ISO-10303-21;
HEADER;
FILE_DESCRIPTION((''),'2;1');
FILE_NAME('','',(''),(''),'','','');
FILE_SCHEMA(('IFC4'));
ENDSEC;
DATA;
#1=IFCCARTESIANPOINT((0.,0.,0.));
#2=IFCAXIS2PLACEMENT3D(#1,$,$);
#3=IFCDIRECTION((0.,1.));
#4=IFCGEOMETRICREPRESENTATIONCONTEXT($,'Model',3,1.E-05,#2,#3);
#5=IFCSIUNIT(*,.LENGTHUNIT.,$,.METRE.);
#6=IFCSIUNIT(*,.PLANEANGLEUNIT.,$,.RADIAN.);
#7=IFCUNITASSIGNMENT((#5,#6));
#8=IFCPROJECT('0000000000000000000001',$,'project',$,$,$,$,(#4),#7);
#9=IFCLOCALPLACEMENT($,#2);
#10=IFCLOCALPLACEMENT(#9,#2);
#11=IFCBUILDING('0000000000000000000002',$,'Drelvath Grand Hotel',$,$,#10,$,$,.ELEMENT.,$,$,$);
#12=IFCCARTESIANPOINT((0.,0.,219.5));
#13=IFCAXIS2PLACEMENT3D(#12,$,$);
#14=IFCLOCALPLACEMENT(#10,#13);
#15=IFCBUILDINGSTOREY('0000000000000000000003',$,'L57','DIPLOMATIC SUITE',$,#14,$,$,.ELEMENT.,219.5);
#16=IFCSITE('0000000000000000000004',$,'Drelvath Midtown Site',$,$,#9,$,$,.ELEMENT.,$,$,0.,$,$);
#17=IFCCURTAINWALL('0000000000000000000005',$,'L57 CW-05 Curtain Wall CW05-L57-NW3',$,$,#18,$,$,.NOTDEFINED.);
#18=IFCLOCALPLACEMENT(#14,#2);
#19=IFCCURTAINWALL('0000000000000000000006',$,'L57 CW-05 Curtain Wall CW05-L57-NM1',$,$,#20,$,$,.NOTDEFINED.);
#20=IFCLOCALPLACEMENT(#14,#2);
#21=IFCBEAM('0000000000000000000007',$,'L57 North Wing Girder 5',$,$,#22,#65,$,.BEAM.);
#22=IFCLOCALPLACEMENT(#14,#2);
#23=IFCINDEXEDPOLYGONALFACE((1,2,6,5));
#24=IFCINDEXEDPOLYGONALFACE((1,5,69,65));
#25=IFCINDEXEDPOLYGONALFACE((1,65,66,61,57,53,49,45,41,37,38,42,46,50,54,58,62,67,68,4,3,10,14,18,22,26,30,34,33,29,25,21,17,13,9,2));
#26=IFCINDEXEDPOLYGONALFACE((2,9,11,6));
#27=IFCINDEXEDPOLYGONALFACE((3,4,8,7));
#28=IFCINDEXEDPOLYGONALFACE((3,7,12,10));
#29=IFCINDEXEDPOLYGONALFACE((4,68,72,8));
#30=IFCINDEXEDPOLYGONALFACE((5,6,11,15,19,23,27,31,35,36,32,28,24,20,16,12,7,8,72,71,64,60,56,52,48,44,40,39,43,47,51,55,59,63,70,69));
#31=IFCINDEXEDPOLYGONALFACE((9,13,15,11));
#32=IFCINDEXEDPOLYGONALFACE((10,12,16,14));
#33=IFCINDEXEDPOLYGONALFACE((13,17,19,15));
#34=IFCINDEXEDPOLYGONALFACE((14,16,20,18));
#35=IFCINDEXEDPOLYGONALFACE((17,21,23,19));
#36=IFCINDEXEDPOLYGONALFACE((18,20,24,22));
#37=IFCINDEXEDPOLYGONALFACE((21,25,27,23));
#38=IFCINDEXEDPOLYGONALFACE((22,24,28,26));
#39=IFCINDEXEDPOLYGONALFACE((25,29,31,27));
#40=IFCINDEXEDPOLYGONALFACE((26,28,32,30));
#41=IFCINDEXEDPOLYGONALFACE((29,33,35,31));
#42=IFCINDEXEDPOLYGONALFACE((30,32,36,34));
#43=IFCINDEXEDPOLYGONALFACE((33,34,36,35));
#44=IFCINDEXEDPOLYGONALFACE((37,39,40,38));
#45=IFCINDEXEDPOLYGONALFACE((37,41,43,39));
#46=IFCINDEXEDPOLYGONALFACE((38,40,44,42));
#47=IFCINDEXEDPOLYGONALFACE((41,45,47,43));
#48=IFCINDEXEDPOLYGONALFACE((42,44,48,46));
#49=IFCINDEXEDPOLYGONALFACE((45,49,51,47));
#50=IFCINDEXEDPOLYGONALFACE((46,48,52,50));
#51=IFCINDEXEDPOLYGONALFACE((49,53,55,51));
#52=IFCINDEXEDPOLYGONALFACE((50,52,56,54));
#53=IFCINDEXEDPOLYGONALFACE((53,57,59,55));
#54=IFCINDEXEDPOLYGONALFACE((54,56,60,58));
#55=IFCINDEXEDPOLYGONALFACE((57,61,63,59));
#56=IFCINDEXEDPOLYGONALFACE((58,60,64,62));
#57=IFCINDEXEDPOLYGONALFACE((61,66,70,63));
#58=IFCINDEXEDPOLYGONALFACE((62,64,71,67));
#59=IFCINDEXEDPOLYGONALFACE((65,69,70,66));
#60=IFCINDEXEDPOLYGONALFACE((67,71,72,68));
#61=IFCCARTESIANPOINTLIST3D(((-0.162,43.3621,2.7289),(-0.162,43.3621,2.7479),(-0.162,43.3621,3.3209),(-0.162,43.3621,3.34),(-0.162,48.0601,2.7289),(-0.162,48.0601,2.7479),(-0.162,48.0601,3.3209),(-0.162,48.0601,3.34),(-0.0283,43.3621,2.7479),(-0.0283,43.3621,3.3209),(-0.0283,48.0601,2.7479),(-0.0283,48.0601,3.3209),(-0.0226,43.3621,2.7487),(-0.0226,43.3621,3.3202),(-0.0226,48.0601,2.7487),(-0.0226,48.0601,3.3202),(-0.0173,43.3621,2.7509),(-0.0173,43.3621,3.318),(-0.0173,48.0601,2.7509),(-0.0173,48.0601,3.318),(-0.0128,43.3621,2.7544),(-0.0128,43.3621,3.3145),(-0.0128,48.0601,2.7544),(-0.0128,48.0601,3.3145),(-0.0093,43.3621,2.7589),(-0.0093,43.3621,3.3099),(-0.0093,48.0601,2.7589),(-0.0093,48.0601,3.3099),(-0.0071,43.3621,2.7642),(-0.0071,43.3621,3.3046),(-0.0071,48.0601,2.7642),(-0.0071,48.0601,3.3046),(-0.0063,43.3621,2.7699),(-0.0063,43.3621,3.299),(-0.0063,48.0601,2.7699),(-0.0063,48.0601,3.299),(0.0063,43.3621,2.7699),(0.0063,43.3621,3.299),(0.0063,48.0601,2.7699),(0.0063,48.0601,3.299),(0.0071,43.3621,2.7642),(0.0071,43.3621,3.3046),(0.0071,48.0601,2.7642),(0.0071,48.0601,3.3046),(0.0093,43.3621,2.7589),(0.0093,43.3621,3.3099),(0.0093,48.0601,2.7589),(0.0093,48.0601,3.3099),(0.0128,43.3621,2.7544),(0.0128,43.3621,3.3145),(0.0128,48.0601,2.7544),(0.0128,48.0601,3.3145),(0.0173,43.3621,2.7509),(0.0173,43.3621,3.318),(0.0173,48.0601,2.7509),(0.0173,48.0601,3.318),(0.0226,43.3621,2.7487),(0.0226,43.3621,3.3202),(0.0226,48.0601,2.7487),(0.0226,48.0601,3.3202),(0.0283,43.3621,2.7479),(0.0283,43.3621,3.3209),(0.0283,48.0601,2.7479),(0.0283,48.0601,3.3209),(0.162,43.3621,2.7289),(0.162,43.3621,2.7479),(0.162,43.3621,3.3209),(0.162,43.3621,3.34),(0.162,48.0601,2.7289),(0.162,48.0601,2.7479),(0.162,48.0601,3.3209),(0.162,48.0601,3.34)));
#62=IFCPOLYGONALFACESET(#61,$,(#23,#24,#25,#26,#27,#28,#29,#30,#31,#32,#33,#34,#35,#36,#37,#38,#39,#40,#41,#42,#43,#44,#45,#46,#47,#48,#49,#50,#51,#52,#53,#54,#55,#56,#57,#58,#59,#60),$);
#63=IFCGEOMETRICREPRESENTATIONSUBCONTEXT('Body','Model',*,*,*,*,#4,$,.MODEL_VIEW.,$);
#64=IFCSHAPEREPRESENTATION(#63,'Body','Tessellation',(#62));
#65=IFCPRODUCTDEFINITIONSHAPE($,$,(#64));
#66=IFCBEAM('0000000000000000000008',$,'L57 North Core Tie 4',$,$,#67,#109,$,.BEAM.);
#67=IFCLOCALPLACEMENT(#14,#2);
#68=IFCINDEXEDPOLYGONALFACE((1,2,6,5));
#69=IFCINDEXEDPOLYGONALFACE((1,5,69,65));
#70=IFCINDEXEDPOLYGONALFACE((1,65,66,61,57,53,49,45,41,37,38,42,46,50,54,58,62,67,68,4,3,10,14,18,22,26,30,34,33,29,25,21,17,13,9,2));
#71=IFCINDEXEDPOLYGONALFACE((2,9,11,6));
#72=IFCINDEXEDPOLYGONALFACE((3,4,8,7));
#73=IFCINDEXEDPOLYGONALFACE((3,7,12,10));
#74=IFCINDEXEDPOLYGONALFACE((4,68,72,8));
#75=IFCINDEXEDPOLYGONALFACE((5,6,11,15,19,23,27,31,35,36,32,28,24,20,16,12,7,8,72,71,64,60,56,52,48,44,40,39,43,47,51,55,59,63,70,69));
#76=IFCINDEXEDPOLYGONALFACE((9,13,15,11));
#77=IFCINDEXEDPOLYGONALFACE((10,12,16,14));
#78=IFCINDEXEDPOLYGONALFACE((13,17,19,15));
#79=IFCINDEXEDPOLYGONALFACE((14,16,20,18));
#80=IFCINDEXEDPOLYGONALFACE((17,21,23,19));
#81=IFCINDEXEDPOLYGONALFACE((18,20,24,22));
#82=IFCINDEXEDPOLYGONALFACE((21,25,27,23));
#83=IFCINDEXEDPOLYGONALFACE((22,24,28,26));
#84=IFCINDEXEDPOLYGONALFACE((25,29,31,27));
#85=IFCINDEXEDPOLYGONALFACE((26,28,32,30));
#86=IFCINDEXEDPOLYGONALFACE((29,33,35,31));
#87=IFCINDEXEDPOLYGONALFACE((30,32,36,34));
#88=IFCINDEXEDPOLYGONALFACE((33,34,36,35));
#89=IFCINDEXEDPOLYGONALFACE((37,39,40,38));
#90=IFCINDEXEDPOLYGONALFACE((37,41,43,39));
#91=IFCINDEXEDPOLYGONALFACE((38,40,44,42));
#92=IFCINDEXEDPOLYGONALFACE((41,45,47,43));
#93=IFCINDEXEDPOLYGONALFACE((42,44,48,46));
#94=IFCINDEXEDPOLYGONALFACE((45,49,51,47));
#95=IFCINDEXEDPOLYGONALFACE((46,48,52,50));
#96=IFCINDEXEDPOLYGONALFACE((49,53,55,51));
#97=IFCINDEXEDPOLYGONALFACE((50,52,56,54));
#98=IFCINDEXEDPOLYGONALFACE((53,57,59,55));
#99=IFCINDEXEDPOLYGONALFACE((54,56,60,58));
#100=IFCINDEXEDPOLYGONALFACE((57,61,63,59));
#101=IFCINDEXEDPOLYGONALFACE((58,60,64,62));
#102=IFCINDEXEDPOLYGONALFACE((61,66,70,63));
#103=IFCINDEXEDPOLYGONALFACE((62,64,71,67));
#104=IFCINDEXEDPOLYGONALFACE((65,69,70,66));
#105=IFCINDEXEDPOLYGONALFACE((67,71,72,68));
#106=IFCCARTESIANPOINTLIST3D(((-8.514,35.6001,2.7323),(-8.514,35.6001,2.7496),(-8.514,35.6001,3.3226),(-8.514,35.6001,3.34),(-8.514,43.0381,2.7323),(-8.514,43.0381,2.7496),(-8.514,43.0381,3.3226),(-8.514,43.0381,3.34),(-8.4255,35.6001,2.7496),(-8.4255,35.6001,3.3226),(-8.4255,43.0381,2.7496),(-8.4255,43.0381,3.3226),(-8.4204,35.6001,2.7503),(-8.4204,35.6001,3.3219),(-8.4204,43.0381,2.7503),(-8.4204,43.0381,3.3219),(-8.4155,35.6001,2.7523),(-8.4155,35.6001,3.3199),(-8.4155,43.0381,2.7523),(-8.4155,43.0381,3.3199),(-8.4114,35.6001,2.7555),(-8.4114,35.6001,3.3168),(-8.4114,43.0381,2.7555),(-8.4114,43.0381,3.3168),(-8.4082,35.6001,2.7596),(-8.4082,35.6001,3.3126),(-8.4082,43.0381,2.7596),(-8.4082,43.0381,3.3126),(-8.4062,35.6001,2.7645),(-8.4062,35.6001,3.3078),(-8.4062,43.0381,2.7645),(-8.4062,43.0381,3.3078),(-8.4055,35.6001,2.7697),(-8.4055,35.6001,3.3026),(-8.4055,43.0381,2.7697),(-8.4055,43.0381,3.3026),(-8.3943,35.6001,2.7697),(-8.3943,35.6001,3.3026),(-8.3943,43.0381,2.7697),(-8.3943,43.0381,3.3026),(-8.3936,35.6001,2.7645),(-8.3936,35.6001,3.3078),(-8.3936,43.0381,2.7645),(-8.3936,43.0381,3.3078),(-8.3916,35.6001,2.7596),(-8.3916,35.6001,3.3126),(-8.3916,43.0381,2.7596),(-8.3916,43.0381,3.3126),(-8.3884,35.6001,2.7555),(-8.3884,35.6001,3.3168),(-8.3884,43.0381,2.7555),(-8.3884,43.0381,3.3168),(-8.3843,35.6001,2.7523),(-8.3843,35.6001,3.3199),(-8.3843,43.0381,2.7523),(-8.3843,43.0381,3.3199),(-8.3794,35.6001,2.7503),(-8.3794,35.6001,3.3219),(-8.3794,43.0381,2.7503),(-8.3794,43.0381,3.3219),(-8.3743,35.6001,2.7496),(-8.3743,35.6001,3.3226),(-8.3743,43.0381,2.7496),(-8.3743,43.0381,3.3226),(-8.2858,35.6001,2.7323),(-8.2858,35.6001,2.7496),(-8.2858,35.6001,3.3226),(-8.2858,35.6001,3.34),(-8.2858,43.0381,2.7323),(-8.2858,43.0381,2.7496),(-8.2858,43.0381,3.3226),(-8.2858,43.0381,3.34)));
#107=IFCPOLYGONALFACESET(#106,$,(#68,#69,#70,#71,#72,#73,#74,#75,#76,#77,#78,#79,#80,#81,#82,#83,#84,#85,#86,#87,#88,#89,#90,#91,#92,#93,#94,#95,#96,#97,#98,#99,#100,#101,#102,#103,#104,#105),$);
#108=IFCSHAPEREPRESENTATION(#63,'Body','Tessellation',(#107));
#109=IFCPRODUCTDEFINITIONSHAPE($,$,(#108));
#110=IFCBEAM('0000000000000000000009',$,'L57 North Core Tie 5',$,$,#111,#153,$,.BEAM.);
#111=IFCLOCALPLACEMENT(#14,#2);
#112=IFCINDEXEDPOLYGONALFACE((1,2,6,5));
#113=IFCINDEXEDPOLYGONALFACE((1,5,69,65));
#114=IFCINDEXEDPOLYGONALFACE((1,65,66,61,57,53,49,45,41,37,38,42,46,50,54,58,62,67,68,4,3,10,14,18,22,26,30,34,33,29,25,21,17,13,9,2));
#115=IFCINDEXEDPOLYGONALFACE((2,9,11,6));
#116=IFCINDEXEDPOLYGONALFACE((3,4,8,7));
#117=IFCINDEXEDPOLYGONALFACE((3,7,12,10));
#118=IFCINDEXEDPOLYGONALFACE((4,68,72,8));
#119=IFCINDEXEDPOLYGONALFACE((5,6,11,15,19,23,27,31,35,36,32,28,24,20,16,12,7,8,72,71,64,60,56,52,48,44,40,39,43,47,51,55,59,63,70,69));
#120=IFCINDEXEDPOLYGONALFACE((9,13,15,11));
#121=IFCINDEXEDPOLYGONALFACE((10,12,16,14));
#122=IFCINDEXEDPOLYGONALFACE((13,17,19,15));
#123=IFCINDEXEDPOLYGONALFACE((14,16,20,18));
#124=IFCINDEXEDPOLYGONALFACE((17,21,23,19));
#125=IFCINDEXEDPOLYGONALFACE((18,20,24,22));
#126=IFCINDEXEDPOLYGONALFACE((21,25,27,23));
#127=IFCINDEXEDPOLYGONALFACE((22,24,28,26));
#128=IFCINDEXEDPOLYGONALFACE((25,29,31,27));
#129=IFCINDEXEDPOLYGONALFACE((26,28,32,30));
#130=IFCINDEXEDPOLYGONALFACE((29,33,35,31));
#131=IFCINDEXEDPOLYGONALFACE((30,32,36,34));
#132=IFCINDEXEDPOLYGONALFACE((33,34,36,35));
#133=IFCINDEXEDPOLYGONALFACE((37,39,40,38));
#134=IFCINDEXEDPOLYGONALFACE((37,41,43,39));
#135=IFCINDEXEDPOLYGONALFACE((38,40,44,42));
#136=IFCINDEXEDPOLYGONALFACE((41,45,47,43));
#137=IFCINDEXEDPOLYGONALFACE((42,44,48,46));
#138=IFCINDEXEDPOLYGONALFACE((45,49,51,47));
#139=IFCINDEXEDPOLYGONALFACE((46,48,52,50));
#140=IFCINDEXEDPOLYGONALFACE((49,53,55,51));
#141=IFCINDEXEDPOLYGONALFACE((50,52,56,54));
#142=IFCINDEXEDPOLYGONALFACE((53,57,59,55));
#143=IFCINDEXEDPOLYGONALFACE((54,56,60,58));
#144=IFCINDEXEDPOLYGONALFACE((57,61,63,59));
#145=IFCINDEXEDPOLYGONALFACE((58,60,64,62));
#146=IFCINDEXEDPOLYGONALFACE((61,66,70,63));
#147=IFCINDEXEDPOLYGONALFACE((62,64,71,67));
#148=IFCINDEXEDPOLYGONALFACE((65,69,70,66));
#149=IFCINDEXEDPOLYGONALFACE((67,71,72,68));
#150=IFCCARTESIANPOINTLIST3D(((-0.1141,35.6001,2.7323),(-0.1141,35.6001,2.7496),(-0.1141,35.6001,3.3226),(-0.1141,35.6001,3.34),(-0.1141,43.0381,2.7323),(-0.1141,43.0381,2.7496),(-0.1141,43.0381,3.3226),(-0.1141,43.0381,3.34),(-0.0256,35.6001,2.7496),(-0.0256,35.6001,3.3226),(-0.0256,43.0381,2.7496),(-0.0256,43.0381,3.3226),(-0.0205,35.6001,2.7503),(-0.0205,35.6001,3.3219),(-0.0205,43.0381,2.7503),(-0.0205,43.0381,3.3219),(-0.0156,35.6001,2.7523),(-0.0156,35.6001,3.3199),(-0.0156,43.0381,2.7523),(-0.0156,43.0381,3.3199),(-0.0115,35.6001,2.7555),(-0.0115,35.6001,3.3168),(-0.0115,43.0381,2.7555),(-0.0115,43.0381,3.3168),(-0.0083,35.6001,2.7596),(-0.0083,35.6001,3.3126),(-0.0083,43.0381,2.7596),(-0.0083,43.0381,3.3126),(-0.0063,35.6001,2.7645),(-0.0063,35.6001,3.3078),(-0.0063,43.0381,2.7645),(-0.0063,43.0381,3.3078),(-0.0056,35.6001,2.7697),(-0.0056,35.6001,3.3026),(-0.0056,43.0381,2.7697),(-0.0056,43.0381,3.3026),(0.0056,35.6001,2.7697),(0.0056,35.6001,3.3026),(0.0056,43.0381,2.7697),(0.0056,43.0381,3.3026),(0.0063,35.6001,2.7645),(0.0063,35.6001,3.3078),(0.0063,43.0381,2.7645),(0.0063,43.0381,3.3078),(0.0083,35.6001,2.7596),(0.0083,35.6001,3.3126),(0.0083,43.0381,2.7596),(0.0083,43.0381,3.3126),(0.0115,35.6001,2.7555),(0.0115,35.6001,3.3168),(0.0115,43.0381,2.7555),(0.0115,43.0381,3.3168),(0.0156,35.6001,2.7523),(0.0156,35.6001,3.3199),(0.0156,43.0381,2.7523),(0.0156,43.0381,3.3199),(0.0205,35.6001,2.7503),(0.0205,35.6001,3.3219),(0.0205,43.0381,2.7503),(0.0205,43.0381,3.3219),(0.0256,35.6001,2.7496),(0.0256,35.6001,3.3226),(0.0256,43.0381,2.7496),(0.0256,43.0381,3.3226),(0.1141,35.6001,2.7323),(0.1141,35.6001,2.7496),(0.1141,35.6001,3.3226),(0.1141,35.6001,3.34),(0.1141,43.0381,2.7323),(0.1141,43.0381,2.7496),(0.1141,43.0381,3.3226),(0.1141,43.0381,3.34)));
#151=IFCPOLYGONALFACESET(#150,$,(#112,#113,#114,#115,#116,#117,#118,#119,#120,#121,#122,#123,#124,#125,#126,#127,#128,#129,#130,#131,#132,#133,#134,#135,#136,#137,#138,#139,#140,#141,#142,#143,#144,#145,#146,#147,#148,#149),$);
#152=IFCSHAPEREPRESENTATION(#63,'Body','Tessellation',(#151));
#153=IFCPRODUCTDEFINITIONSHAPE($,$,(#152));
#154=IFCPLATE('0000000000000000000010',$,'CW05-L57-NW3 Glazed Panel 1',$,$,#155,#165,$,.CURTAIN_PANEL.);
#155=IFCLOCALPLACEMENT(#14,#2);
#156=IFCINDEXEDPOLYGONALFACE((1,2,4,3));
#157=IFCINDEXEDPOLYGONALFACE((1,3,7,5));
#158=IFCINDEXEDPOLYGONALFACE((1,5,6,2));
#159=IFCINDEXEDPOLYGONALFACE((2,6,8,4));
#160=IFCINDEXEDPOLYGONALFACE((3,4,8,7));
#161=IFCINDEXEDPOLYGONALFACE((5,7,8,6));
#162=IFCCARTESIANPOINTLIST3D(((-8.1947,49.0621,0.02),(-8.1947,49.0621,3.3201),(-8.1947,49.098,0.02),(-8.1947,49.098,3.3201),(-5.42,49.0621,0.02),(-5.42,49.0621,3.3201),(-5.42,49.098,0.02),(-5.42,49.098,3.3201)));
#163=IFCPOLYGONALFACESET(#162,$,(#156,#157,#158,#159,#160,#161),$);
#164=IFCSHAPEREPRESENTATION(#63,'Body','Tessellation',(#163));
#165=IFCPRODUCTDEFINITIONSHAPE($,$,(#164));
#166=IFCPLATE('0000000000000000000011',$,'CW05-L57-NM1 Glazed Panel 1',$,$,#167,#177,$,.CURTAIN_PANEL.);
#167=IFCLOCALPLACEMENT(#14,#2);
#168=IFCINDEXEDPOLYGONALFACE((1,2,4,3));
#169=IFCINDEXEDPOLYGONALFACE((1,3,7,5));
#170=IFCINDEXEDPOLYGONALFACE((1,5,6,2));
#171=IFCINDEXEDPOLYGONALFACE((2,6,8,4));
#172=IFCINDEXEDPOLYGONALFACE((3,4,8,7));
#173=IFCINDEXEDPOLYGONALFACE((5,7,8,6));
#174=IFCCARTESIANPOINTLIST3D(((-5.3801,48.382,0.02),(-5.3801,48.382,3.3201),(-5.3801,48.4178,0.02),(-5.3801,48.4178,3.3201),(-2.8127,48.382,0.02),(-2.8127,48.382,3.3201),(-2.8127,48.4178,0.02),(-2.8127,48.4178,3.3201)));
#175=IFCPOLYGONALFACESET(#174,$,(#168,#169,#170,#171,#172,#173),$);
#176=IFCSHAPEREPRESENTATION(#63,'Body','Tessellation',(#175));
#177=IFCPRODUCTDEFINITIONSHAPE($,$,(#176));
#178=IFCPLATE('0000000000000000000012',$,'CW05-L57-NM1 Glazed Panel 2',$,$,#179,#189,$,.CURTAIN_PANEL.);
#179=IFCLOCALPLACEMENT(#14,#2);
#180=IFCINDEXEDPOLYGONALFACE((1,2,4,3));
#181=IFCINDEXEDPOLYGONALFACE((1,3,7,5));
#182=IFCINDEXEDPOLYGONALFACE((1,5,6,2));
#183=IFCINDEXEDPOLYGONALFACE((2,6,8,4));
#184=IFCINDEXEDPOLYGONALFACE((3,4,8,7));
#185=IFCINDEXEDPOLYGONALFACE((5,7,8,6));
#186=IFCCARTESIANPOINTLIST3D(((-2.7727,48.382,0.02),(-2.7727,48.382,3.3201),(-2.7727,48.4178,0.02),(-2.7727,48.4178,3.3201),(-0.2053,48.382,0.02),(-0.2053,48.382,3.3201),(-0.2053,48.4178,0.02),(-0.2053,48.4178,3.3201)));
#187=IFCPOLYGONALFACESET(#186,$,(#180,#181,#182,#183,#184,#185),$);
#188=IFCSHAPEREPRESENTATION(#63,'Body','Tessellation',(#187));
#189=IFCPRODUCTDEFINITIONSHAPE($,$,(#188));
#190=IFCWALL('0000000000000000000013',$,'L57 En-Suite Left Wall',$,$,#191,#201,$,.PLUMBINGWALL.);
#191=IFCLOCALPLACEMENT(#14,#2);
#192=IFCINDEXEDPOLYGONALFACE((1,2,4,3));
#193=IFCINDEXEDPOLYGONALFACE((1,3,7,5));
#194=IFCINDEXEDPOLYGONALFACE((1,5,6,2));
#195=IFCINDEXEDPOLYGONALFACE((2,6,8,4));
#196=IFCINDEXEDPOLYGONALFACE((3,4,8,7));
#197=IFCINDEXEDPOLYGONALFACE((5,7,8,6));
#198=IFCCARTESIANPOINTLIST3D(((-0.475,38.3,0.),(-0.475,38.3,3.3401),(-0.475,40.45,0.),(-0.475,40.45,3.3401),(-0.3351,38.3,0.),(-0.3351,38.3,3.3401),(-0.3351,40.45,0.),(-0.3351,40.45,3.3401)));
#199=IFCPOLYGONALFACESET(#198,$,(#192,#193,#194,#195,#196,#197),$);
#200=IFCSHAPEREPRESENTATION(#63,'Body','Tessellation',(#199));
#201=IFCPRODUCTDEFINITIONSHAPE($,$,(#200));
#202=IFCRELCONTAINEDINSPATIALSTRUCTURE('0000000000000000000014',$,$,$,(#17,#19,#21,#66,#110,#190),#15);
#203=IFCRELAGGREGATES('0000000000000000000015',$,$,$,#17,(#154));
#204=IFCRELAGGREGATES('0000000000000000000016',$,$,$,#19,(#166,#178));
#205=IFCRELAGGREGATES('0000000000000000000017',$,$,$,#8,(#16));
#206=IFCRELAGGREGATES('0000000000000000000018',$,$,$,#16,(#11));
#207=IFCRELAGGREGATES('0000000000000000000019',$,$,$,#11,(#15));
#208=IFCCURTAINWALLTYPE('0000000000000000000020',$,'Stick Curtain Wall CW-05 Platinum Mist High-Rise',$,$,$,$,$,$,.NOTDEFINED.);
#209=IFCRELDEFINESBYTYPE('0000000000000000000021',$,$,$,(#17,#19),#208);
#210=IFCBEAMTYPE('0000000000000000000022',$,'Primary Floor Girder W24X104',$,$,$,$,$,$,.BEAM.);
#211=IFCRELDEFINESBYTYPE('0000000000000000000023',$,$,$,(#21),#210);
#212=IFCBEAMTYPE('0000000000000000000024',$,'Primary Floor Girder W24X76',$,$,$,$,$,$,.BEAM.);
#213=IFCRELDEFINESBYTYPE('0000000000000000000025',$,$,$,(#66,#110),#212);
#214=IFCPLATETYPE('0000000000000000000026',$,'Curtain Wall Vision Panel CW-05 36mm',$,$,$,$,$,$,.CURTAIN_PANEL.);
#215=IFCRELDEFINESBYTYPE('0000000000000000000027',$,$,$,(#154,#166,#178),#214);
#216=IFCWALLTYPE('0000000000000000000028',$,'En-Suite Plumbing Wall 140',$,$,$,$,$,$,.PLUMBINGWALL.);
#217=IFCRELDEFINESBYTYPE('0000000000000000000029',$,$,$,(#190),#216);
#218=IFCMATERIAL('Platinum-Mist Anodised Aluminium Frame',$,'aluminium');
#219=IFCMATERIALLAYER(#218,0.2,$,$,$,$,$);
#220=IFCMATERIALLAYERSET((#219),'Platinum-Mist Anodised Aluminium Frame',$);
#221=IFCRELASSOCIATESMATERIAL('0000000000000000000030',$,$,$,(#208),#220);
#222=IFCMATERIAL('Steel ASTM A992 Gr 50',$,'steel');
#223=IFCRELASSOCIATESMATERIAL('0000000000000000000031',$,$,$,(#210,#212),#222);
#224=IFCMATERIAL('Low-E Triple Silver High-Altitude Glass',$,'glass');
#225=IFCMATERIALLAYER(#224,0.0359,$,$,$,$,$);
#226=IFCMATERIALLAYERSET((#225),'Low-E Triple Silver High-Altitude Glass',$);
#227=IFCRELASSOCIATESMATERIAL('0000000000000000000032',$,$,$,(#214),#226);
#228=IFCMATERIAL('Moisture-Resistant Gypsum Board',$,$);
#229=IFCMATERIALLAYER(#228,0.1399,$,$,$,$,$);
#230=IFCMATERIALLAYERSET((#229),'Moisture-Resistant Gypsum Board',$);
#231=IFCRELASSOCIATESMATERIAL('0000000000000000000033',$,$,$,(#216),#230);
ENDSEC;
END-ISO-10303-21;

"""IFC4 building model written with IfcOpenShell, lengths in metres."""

from ifc_helpers import new_model, si_unit, direction, frame, frame_2d, origin, origin_2d, place, context, subcontext, project, spatial, rectangle, i_section, extrude, material, layer, layer_set, material_profile, profile_set, type_object, element, aggregate, save


model = new_model("IFC4")

# Units and contexts
model_context = context("Model", 3, precision=1e-05, world=origin(), true_north=direction((0.0, 1.0)))
body_context = subcontext(model_context, "Body", "Model", "MODEL_VIEW")
ifc_project = project(units=[si_unit("LENGTHUNIT", "METRE"), si_unit("PLANEANGLEUNIT", "RADIAN")], contexts=[model_context])

# Site, building, storey
site_placement = place(None, origin())
site = spatial("IfcSite", under=ifc_project, at=site_placement, Name="Drelvath Midtown Site", CompositionType="ELEMENT", RefElevation=0.0)
building_placement = place(site_placement, origin())
building = spatial("IfcBuilding", under=site, at=building_placement, Name="Drelvath Grand Hotel", CompositionType="ELEMENT")
storey_placement = place(building_placement, frame((0.0, 0.0, 219.5)))
storey = spatial("IfcBuildingStorey", under=building, at=storey_placement, Name="L57", Description="DIPLOMATIC SUITE", CompositionType="ELEMENT", Elevation=219.5)

# Curtain walls
ifc_material_1 = material(Name="Platinum-Mist Anodised Aluminium Frame", Category="aluminium")
ifc_layer_1 = layer(ifc_material_1, 0.2)
ifc_layer_set_1 = layer_set([ifc_layer_1], Name="Platinum-Mist Anodised Aluminium Frame")
curtain_wall_type = type_object("IfcCurtainWallType", Name="Stick Curtain Wall CW-05 Platinum Mist High-Rise", PredefinedType="NOTDEFINED", material=ifc_layer_set_1)
curtain_wall_1_placement = place(storey_placement, origin())
curtain_wall_1 = element("IfcCurtainWall", 1, at=curtain_wall_1_placement, inside=storey, type_object=curtain_wall_type, Name="L57 CW-05 Curtain Wall CW05-L57-NW3", PredefinedType="NOTDEFINED")
curtain_wall_2_placement = place(storey_placement, origin())
curtain_wall_2 = element("IfcCurtainWall", 2, at=curtain_wall_2_placement, inside=storey, type_object=curtain_wall_type, Name="L57 CW-05 Curtain Wall CW05-L57-NM1", PredefinedType="NOTDEFINED")

# Beams
ifc_material_2 = material(Name="Steel ASTM A992 Gr 50", Category="steel")
ifc_material_profile_1 = material_profile(ifc_material_2, i_section(OverallWidth=0.324, OverallDepth=0.6111, WebThickness=0.0127, FlangeThickness=0.019, FilletRadius=0.022, at=origin_2d()), Name="W24X104")
ifc_profile_set_1 = profile_set([ifc_material_profile_1], Name="Steel ASTM A992 Gr 50")
beam_type_1 = type_object("IfcBeamType", Name="Primary Floor Girder W24X104", PredefinedType="BEAM", material=ifc_profile_set_1)
beam_1_placement = place(storey_placement, frame((0.0, 43.3621, 3.0344), z_axis=(0.0, 1.0, 0.0), x_axis=(-1.0, 0.0, 0.0)))
element("IfcBeam", 3, at=beam_1_placement, inside=storey, type_object=beam_type_1, Name="L57 North Wing Girder 5", PredefinedType="BEAM", context=body_context, shape_type="SweptSolid", body=[
    extrude(i_section(OverallWidth=0.324, OverallDepth=0.6111, WebThickness=0.0127, FlangeThickness=0.019, FilletRadius=0.022, at=origin_2d()), origin(), (0.0, 0.0, 1.0), 4.698),
])
ifc_material_profile_2 = material_profile(ifc_material_2, i_section(OverallWidth=0.2283, OverallDepth=0.6077, WebThickness=0.0112, FlangeThickness=0.0173, FilletRadius=0.02, at=origin_2d()), Name="W24X76")
ifc_profile_set_2 = profile_set([ifc_material_profile_2], Name="Steel ASTM A992 Gr 50")
beam_type_2 = type_object("IfcBeamType", Name="Primary Floor Girder W24X76", PredefinedType="BEAM", material=ifc_profile_set_2)
for number, where, z_axis, x_axis, name in (
    (4, (-8.3999, 35.6001, 3.0361), (0.0, 1.0, 0.0), (-1.0, 0.0, 0.0), "L57 North Core Tie 4"),
    (5, (0.0, 35.6001, 3.0361), (0.0, 1.0, 0.0), (-1.0, 0.0, 0.0), "L57 North Core Tie 5"),
):
    element("IfcBeam", number, at=place(storey_placement, frame(where, z_axis=z_axis, x_axis=x_axis)), inside=storey, type_object=beam_type_2, Name=name, PredefinedType="BEAM", context=body_context, shape_type="SweptSolid", body=[
        extrude(i_section(OverallWidth=0.2283, OverallDepth=0.6077, WebThickness=0.0112, FlangeThickness=0.0173, FilletRadius=0.02, at=origin_2d()), origin(), (0.0, 0.0, 1.0), 7.438),
    ])

# Plates
ifc_material_3 = material(Name="Low-E Triple Silver High-Altitude Glass", Category="glass")
ifc_layer_2 = layer(ifc_material_3, 0.0359)
ifc_layer_set_2 = layer_set([ifc_layer_2], Name="Low-E Triple Silver High-Altitude Glass")
plate_type = type_object("IfcPlateType", Name="Curtain Wall Vision Panel CW-05 36mm", PredefinedType="CURTAIN_PANEL", material=ifc_layer_set_2)
plate_1_placement = place(storey_placement, frame((-6.8074, 49.0801, 0.02), z_axis=(0.0, 0.0, 1.0), x_axis=(1.0, 0.0, 0.0)))
plate_1 = element("IfcPlate", 6, at=plate_1_placement, type_object=plate_type, Name="CW05-L57-NW3 Glazed Panel 1", PredefinedType="CURTAIN_PANEL", context=body_context, shape_type="SweptSolid", body=[
    extrude(rectangle(XDim=2.7747, YDim=0.0359, at=origin_2d()), origin(), (0.0, 0.0, 1.0), 3.3),
])
aggregate(curtain_wall_1, [plate_1])
plate_2_placement = place(storey_placement, frame((-4.0964, 48.3999, 0.02), z_axis=(0.0, 0.0, 1.0), x_axis=(1.0, 0.0, 0.0)))
plate_2 = element("IfcPlate", 7, at=plate_2_placement, type_object=plate_type, Name="CW05-L57-NM1 Glazed Panel 1", PredefinedType="CURTAIN_PANEL", context=body_context, shape_type="SweptSolid", body=[
    extrude(rectangle(XDim=2.5674, YDim=0.0359, at=origin_2d()), origin(), (0.0, 0.0, 1.0), 3.3),
])
plate_3_placement = place(storey_placement, frame((-1.489, 48.3999, 0.02), z_axis=(0.0, 0.0, 1.0), x_axis=(1.0, 0.0, 0.0)))
plate_3 = element("IfcPlate", 8, at=plate_3_placement, type_object=plate_type, Name="CW05-L57-NM1 Glazed Panel 2", PredefinedType="CURTAIN_PANEL", context=body_context, shape_type="SweptSolid", body=[
    extrude(rectangle(XDim=2.5674, YDim=0.0359, at=origin_2d()), origin(), (0.0, 0.0, 1.0), 3.3),
])
aggregate(curtain_wall_2, [plate_2, plate_3])

# Wall
ifc_material_4 = material(Name="Moisture-Resistant Gypsum Board")
ifc_layer_3 = layer(ifc_material_4, 0.1399)
ifc_layer_set_3 = layer_set([ifc_layer_3], Name="Moisture-Resistant Gypsum Board")
wall_type_1 = type_object("IfcWallType", Name="En-Suite Plumbing Wall 140", PredefinedType="PLUMBINGWALL", material=ifc_layer_set_3)
wall_1_placement = place(storey_placement, frame((-0.405, 38.3, 0.0), z_axis=(0.0, 0.0, 1.0), x_axis=(0.0, 1.0, 0.0)))
element("IfcWall", 9, at=wall_1_placement, inside=storey, type_object=wall_type_1, Name="L57 En-Suite Left Wall", PredefinedType="PLUMBINGWALL", context=body_context, shape_type="SweptSolid", body=[
    extrude(rectangle(XDim=2.1499, YDim=0.1399, at=frame_2d((1.075, 0.0))), origin(), (0.0, 0.0, 1.0), 3.3401),
])

save(model, "model.ifc")
